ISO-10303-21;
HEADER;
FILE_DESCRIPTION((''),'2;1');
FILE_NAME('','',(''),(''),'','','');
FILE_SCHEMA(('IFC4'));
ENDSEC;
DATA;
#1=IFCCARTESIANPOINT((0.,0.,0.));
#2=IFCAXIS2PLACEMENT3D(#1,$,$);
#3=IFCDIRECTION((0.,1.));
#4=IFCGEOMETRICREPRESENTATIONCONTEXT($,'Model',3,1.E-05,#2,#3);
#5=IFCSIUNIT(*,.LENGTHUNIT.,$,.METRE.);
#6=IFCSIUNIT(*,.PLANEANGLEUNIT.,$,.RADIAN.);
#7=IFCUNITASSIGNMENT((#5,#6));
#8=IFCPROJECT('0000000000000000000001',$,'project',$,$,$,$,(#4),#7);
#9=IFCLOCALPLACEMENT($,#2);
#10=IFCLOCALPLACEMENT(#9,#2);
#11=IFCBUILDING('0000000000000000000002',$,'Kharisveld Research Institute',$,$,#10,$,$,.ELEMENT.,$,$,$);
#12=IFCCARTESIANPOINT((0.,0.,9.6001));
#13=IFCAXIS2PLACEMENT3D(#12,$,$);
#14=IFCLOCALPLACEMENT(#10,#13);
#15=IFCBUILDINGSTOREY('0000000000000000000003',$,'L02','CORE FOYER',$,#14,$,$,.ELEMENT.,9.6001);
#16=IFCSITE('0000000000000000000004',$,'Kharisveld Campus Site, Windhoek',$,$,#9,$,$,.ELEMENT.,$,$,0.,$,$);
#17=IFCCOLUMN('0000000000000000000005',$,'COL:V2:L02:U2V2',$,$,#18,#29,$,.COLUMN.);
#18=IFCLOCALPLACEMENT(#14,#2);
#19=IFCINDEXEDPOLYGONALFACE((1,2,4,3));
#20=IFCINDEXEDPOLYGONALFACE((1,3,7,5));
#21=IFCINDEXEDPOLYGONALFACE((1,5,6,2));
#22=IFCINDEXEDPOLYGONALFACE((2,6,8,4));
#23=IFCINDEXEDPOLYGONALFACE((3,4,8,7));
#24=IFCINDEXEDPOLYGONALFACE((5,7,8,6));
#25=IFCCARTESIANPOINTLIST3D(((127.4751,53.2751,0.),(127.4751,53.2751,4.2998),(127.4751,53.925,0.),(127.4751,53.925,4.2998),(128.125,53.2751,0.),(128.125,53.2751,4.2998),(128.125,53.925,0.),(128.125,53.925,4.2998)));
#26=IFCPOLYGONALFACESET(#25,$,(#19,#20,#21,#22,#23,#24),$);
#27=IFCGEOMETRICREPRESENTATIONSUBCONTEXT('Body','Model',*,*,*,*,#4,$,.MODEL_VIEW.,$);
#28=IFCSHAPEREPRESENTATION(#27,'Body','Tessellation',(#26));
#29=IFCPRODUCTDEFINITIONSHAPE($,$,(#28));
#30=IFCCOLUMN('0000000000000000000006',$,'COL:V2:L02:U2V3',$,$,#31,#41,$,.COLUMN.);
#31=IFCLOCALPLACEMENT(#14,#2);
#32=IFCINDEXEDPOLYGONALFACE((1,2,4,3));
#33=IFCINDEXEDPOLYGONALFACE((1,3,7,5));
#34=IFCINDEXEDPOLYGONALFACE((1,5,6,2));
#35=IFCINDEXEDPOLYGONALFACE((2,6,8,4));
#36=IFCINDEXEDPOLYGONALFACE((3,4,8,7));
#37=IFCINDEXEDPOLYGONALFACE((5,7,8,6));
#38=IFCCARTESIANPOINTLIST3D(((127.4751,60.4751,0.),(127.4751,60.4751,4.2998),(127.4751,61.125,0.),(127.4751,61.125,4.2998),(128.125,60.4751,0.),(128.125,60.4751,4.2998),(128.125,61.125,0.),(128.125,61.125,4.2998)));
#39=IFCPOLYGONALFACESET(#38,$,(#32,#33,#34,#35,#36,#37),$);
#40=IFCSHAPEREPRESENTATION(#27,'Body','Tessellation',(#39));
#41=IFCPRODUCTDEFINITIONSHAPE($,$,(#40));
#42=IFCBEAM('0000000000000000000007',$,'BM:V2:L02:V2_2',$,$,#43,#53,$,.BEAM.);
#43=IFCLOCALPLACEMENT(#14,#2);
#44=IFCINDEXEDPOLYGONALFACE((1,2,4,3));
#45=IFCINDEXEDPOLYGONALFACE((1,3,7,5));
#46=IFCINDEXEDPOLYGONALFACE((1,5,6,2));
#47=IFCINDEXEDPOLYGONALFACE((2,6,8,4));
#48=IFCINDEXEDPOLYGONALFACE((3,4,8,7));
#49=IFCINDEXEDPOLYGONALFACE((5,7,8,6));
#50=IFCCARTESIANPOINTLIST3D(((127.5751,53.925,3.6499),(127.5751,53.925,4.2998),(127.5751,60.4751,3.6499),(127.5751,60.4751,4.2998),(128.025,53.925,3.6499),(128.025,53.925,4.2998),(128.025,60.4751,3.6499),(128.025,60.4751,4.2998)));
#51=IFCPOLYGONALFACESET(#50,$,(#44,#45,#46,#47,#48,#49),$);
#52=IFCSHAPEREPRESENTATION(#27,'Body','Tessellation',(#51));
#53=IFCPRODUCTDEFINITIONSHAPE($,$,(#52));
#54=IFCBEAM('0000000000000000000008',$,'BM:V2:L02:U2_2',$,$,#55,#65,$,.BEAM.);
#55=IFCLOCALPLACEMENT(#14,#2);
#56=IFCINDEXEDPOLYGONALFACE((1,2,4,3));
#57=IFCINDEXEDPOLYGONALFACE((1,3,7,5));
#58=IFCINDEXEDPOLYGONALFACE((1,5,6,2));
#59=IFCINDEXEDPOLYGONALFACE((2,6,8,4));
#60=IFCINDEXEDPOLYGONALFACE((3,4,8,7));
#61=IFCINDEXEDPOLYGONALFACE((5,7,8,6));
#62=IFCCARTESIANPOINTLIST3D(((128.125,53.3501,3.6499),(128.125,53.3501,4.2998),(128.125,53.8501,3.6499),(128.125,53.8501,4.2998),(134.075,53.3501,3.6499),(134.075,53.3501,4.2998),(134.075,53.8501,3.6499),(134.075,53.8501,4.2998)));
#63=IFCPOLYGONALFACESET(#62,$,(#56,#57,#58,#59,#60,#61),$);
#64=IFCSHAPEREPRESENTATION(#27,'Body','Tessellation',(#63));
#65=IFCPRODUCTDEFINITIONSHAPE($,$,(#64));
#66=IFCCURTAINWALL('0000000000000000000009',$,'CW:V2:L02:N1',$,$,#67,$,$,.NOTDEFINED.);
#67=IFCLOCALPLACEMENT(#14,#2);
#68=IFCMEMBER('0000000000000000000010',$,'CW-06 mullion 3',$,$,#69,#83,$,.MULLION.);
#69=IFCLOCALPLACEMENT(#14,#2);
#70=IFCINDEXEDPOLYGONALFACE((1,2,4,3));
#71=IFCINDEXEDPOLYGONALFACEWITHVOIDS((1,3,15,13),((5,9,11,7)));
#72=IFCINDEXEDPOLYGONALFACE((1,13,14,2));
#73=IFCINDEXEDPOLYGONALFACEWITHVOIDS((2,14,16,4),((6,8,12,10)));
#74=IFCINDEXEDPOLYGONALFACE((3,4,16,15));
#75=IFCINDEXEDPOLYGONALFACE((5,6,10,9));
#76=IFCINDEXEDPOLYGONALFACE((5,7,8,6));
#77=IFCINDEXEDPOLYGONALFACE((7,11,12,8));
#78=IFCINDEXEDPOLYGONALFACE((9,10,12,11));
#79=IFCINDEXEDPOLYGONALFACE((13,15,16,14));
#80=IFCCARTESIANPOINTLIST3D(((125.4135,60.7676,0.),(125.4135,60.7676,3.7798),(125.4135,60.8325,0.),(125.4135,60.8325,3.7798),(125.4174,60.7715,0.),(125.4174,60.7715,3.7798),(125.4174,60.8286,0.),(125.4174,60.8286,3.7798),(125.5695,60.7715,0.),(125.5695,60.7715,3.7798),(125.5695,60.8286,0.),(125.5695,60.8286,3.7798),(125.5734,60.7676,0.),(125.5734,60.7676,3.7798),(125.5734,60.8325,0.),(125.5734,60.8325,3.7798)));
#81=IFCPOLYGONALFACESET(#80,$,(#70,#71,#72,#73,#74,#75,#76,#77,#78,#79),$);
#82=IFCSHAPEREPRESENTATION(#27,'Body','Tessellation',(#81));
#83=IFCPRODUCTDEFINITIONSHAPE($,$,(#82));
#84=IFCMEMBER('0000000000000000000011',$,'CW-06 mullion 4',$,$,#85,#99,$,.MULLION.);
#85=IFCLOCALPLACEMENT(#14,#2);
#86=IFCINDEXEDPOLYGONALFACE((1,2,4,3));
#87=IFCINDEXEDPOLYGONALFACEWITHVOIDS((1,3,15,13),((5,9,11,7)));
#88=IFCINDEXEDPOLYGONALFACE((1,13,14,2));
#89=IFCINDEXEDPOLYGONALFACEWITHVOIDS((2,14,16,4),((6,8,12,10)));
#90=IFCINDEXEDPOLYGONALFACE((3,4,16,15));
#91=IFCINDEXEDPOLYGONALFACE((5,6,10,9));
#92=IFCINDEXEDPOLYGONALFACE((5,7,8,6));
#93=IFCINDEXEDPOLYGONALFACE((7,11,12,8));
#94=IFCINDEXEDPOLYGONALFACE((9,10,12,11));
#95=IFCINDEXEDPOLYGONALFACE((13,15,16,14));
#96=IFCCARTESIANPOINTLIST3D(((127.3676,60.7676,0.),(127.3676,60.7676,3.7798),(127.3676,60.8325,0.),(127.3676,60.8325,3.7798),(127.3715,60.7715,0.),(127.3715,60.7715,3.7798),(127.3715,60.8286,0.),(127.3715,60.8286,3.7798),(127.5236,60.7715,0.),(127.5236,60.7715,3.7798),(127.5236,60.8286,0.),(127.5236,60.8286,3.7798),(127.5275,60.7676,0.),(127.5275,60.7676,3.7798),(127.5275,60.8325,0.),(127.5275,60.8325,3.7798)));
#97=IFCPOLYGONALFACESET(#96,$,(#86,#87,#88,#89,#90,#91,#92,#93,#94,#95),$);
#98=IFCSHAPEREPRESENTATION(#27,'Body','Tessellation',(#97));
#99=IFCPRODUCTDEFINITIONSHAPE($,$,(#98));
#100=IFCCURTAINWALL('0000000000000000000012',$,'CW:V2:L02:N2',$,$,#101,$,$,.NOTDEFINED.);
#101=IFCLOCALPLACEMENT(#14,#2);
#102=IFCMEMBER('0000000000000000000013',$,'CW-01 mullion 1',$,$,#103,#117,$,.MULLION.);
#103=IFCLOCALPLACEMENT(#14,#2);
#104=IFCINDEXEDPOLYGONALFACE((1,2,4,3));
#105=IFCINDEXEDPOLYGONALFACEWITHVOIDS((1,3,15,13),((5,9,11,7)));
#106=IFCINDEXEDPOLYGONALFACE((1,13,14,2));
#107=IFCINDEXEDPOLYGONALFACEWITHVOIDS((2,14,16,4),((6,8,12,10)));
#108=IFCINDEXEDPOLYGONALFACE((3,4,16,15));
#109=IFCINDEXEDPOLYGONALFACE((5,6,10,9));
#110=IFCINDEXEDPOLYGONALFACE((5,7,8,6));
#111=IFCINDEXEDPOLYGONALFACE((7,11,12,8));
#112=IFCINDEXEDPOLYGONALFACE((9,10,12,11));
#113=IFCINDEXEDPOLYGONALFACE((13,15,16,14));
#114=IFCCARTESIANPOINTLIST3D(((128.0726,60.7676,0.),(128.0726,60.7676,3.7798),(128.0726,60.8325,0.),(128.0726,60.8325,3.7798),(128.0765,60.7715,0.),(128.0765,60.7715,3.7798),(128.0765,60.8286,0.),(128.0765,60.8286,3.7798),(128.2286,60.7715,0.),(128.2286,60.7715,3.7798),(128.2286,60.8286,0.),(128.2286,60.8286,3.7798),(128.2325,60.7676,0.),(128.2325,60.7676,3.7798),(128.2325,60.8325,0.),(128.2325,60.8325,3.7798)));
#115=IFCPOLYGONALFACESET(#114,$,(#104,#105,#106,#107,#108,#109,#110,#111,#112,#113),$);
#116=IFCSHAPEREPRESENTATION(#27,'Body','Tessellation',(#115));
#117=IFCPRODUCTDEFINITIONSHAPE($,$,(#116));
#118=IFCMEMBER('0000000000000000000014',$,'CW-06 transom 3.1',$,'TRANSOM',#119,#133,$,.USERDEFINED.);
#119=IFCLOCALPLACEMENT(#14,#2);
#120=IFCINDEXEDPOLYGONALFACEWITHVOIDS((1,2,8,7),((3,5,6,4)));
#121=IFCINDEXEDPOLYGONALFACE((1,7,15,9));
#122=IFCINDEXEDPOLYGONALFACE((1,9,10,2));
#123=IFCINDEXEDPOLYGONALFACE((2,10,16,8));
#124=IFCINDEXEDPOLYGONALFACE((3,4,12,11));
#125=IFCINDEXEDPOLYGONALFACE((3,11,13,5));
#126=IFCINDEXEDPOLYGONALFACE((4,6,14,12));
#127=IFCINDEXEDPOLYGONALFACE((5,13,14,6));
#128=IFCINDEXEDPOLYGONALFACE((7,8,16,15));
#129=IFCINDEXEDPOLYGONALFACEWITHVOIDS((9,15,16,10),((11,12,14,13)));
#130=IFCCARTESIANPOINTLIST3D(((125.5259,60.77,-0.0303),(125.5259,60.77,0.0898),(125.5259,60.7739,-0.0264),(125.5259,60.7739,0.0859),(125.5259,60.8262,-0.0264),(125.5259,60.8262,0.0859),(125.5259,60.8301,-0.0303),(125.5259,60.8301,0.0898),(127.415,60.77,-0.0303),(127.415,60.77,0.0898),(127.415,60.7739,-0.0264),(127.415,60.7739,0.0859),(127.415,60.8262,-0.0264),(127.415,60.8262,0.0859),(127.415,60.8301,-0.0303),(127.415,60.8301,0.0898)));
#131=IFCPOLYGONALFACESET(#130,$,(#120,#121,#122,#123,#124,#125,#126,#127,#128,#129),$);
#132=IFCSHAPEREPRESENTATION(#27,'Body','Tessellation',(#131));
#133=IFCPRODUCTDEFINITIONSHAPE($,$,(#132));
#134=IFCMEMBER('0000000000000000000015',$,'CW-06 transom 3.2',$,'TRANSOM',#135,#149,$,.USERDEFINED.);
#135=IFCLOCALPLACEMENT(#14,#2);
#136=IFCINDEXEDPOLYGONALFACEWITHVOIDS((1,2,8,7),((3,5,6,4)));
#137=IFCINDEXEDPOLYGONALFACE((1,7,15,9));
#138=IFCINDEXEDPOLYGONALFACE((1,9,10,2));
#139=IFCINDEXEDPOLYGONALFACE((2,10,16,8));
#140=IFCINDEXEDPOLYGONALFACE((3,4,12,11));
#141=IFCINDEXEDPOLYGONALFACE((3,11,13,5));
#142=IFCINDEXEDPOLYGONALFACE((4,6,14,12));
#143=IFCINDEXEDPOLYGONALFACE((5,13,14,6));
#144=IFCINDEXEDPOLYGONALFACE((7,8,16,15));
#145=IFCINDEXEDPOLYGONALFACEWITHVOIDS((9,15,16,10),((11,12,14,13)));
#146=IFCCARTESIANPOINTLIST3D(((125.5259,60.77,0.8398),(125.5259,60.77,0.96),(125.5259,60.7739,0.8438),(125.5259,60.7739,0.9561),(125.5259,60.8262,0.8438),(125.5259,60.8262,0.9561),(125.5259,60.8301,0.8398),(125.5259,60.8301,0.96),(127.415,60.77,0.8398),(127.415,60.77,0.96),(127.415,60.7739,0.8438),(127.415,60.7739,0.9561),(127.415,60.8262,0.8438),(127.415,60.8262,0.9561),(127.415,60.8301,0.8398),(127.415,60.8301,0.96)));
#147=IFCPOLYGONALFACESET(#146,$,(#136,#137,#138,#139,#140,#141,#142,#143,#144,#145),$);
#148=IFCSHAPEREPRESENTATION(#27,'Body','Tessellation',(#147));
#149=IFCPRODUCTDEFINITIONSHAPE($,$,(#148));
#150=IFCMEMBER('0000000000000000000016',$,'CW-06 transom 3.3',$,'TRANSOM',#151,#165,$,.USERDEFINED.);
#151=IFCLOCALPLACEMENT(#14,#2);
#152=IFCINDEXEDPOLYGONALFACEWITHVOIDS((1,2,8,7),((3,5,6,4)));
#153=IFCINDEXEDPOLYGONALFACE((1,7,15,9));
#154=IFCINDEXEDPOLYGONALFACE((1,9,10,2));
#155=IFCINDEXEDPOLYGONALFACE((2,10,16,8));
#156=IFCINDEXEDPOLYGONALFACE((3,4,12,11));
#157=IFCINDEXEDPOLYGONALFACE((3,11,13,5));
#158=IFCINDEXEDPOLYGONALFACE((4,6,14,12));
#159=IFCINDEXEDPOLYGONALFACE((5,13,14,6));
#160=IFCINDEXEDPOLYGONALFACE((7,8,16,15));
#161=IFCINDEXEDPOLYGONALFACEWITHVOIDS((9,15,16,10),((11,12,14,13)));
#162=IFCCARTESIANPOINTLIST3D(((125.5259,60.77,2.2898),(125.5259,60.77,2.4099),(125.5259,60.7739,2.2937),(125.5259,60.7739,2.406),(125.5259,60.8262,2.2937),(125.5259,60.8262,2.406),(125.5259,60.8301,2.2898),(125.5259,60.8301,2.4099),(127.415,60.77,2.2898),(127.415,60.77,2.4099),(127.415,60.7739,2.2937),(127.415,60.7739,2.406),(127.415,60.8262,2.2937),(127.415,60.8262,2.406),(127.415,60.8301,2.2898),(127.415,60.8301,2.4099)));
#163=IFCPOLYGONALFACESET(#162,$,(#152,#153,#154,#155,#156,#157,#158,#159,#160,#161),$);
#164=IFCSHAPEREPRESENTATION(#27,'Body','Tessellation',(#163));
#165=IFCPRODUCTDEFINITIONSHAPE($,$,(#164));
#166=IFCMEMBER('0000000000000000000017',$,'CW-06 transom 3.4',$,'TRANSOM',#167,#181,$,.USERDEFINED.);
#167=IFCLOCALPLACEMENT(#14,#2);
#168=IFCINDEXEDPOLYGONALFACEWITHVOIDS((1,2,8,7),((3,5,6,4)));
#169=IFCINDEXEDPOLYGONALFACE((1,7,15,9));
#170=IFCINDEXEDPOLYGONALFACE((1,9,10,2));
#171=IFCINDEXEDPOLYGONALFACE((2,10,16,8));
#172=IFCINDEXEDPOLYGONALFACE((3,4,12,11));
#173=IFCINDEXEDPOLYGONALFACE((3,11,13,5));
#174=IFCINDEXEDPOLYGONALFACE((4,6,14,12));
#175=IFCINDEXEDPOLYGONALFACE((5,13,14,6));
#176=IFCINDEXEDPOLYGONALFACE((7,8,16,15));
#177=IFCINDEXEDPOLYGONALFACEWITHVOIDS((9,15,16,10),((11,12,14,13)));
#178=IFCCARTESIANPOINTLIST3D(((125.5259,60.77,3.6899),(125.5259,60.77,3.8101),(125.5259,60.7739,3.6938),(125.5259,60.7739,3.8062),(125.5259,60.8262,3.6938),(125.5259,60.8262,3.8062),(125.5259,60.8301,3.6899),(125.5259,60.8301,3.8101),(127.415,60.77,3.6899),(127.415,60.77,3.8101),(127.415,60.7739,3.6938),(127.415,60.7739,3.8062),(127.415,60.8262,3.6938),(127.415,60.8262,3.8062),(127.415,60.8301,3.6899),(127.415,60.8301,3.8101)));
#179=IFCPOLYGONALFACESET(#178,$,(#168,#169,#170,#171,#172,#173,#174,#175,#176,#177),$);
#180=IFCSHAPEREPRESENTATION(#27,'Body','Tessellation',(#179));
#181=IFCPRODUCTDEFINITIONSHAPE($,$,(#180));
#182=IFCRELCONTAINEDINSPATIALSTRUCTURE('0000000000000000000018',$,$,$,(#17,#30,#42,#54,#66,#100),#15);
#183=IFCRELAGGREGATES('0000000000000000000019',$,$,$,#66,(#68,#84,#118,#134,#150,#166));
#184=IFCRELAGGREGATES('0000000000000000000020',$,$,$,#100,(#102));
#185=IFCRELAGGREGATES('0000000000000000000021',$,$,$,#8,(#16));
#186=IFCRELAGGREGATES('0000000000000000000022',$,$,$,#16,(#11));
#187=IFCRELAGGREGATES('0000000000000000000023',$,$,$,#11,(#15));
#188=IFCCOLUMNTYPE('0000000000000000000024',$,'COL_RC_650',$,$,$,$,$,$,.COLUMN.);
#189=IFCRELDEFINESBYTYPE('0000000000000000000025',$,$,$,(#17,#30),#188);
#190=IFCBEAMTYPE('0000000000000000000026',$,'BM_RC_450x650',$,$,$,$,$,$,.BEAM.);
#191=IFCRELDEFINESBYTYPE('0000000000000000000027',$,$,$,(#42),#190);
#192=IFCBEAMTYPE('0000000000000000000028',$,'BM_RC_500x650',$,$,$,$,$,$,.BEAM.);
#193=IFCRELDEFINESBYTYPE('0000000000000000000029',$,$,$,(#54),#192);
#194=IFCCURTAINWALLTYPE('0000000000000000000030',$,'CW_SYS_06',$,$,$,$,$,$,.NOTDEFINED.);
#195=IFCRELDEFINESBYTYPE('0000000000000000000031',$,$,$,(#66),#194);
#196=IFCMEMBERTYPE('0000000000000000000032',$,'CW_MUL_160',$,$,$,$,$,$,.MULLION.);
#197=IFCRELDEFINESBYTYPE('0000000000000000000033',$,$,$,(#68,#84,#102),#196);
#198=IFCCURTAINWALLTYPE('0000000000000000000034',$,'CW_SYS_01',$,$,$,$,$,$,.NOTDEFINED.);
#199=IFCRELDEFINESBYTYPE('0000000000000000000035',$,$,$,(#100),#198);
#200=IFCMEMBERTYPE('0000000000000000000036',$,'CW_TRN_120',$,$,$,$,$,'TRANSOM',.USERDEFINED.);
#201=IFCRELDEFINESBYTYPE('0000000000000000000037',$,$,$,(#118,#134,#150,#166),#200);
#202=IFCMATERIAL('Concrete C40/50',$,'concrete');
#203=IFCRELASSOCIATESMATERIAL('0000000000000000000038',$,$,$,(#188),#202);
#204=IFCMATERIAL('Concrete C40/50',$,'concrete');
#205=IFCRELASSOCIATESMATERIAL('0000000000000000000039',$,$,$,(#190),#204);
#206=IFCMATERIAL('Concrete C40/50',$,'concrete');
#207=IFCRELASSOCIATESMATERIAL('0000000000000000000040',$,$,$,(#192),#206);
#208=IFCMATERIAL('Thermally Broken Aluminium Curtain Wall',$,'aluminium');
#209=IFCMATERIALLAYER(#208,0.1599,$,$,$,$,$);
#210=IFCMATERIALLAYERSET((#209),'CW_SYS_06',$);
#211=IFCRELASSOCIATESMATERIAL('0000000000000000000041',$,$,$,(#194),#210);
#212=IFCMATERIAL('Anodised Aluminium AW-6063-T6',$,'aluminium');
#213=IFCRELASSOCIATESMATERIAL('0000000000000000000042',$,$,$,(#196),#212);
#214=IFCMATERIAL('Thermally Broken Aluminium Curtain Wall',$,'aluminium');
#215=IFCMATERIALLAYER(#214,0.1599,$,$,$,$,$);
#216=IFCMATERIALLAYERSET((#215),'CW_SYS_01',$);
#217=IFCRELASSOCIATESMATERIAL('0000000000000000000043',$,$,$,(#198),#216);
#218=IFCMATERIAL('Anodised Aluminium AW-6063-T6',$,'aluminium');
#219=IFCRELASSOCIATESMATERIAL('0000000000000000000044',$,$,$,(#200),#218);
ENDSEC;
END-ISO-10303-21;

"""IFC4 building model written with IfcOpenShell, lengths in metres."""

from ifc_helpers import new_model, si_unit, direction, frame, origin, origin_2d, place, context, subcontext, project, spatial, rectangle, hollow_rectangle, extrude, material, layer, layer_set, material_profile, profile_set, type_object, element, aggregate, save


model = new_model("IFC4")

# Units and contexts
model_context = context("Model", 3, precision=1e-05, world=origin(), true_north=direction((0.0, 1.0)))
body_context = subcontext(model_context, "Body", "Model", "MODEL_VIEW")
ifc_project = project(units=[si_unit("LENGTHUNIT", "METRE"), si_unit("PLANEANGLEUNIT", "RADIAN")], contexts=[model_context])

# Site, building, storey
site_placement = place(None, origin())
site = spatial("IfcSite", under=ifc_project, at=site_placement, Name="Kharisveld Campus Site, Windhoek", CompositionType="ELEMENT", RefElevation=0.0)
building_placement = place(site_placement, origin())
building = spatial("IfcBuilding", under=site, at=building_placement, Name="Kharisveld Research Institute", CompositionType="ELEMENT")
storey_placement = place(building_placement, frame((0.0, 0.0, 9.6001)))
storey = spatial("IfcBuildingStorey", under=building, at=storey_placement, Name="L02", Description="CORE FOYER", CompositionType="ELEMENT", Elevation=9.6001)

# Columns
ifc_material_1 = material(Name="Concrete C40/50", Category="concrete")
ifc_material_profile_1 = material_profile(ifc_material_1, rectangle(XDim=0.6499, YDim=0.6499, at=origin_2d()))
ifc_profile_set_1 = profile_set([ifc_material_profile_1], Name="Concrete C40/50")
column_type = type_object("IfcColumnType", Name="COL_RC_650", PredefinedType="COLUMN", material=ifc_profile_set_1)
for number, where, z_axis, x_axis, name in (
    (1, (127.8, 53.6001, 0.0), (0.0, 0.0, 1.0), (1.0, 0.0, 0.0), "COL:V2:L02:U2V2"),
    (2, (127.8, 60.8, 0.0), (0.0, 0.0, 1.0), (1.0, 0.0, 0.0), "COL:V2:L02:U2V3"),
):
    element("IfcColumn", number, at=place(storey_placement, frame(where, z_axis=z_axis, x_axis=x_axis)), inside=storey, type_object=column_type, Name=name, PredefinedType="COLUMN", context=body_context, shape_type="SweptSolid", body=[
        extrude(rectangle(XDim=0.6499, YDim=0.6499, at=origin_2d()), origin(), (0.0, 0.0, 1.0), 4.2998),
    ])

# Beams
ifc_material_2 = material(Name="Concrete C40/50", Category="concrete")
ifc_material_profile_2 = material_profile(ifc_material_2, rectangle(XDim=0.45, YDim=0.6499, at=origin_2d()))
ifc_profile_set_2 = profile_set([ifc_material_profile_2], Name="Concrete C40/50")
beam_type_1 = type_object("IfcBeamType", Name="BM_RC_450x650", PredefinedType="BEAM", material=ifc_profile_set_2)
beam_1_placement = place(storey_placement, frame((127.8, 53.925, 3.9749), z_axis=(0.0, 1.0, 0.0), x_axis=(-1.0, 0.0, 0.0)))
element("IfcBeam", 3, at=beam_1_placement, inside=storey, type_object=beam_type_1, Name="BM:V2:L02:V2_2", PredefinedType="BEAM", context=body_context, shape_type="SweptSolid", body=[
    extrude(rectangle(XDim=0.45, YDim=0.6499, at=origin_2d()), origin(), (0.0, 0.0, 1.0), 6.55),
])
ifc_material_3 = material(Name="Concrete C40/50", Category="concrete")
ifc_material_profile_3 = material_profile(ifc_material_3, rectangle(XDim=0.5, YDim=0.6499, at=origin_2d()))
ifc_profile_set_3 = profile_set([ifc_material_profile_3], Name="Concrete C40/50")
beam_type_2 = type_object("IfcBeamType", Name="BM_RC_500x650", PredefinedType="BEAM", material=ifc_profile_set_3)
beam_2_placement = place(storey_placement, frame((128.125, 53.6001, 3.9749), z_axis=(1.0, 0.0, 0.0), x_axis=(0.0, 1.0, 0.0)))
element("IfcBeam", 4, at=beam_2_placement, inside=storey, type_object=beam_type_2, Name="BM:V2:L02:U2_2", PredefinedType="BEAM", context=body_context, shape_type="SweptSolid", body=[
    extrude(rectangle(XDim=0.5, YDim=0.6499, at=origin_2d()), origin(), (0.0, 0.0, 1.0), 5.95),
])

# Curtain wall, members
ifc_material_4 = material(Name="Thermally Broken Aluminium Curtain Wall", Category="aluminium")
ifc_layer_1 = layer(ifc_material_4, 0.1599)
ifc_layer_set_1 = layer_set([ifc_layer_1], Name="CW_SYS_06")
curtain_wall_type_1 = type_object("IfcCurtainWallType", Name="CW_SYS_06", PredefinedType="NOTDEFINED", material=ifc_layer_set_1)
curtain_wall_1_placement = place(storey_placement, origin())
curtain_wall_1 = element("IfcCurtainWall", 5, at=curtain_wall_1_placement, inside=storey, type_object=curtain_wall_type_1, Name="CW:V2:L02:N1", PredefinedType="NOTDEFINED")
ifc_material_5 = material(Name="Anodised Aluminium AW-6063-T6", Category="aluminium")
ifc_material_profile_4 = material_profile(ifc_material_5, hollow_rectangle(XDim=0.0649, YDim=0.1599, WallThickness=0.0039, at=origin_2d()))
ifc_profile_set_4 = profile_set([ifc_material_profile_4], Name="Anodised Aluminium AW-6063-T6")
member_type_1 = type_object("IfcMemberType", Name="CW_MUL_160", PredefinedType="MULLION", material=ifc_profile_set_4)
member_1_placement = place(storey_placement, frame((125.4934, 60.8, 0.0), z_axis=(0.0, 0.0, 1.0), x_axis=(0.0, 1.0, 0.0)))
member_1 = element("IfcMember", 6, at=member_1_placement, type_object=member_type_1, Name="CW-06 mullion 3", PredefinedType="MULLION", context=body_context, shape_type="SweptSolid", body=[
    extrude(hollow_rectangle(XDim=0.0649, YDim=0.1599, WallThickness=0.0039, at=origin_2d()), origin(), (0.0, 0.0, 1.0), 3.7798),
])
member_2_placement = place(storey_placement, frame((127.4475, 60.8, 0.0), z_axis=(0.0, 0.0, 1.0), x_axis=(0.0, 1.0, 0.0)))
member_2 = element("IfcMember", 7, at=member_2_placement, type_object=member_type_1, Name="CW-06 mullion 4", PredefinedType="MULLION", context=body_context, shape_type="SweptSolid", body=[
    extrude(hollow_rectangle(XDim=0.0649, YDim=0.1599, WallThickness=0.0039, at=origin_2d()), origin(), (0.0, 0.0, 1.0), 3.7798),
])

# Curtain wall, member
ifc_material_6 = material(Name="Thermally Broken Aluminium Curtain Wall", Category="aluminium")
ifc_layer_2 = layer(ifc_material_6, 0.1599)
ifc_layer_set_2 = layer_set([ifc_layer_2], Name="CW_SYS_01")
curtain_wall_type_2 = type_object("IfcCurtainWallType", Name="CW_SYS_01", PredefinedType="NOTDEFINED", material=ifc_layer_set_2)
curtain_wall_2_placement = place(storey_placement, origin())
curtain_wall_2 = element("IfcCurtainWall", 8, at=curtain_wall_2_placement, inside=storey, type_object=curtain_wall_type_2, Name="CW:V2:L02:N2", PredefinedType="NOTDEFINED")
member_3_placement = place(storey_placement, frame((128.1526, 60.8, 0.0), z_axis=(0.0, 0.0, 1.0), x_axis=(0.0, 1.0, 0.0)))
member_3 = element("IfcMember", 9, at=member_3_placement, type_object=member_type_1, Name="CW-01 mullion 1", PredefinedType="MULLION", context=body_context, shape_type="SweptSolid", body=[
    extrude(hollow_rectangle(XDim=0.0649, YDim=0.1599, WallThickness=0.0039, at=origin_2d()), origin(), (0.0, 0.0, 1.0), 3.7798),
])

# Members
ifc_material_7 = material(Name="Anodised Aluminium AW-6063-T6", Category="aluminium")
ifc_material_profile_5 = material_profile(ifc_material_7, hollow_rectangle(XDim=0.0601, YDim=0.1201, WallThickness=0.0039, at=origin_2d()))
ifc_profile_set_5 = profile_set([ifc_material_profile_5], Name="Anodised Aluminium AW-6063-T6")
member_type_2 = type_object("IfcMemberType", Name="CW_TRN_120", ElementType="TRANSOM", PredefinedType="USERDEFINED", material=ifc_profile_set_5)
member_4_placement = place(storey_placement, frame((125.5259, 60.8, 0.0298), z_axis=(1.0, 0.0, 0.0), x_axis=(0.0, 1.0, 0.0)))
member_4 = element("IfcMember", 10, at=member_4_placement, type_object=member_type_2, Name="CW-06 transom 3.1", ObjectType="TRANSOM", PredefinedType="USERDEFINED", context=body_context, shape_type="SweptSolid", body=[
    extrude(hollow_rectangle(XDim=0.0601, YDim=0.1201, WallThickness=0.0039, at=origin_2d()), origin(), (0.0, 0.0, 1.0), 1.8892),
])
member_5_placement = place(storey_placement, frame((125.5259, 60.8, 0.8999), z_axis=(1.0, 0.0, 0.0), x_axis=(0.0, 1.0, 0.0)))
member_5 = element("IfcMember", 11, at=member_5_placement, type_object=member_type_2, Name="CW-06 transom 3.2", ObjectType="TRANSOM", PredefinedType="USERDEFINED", context=body_context, shape_type="SweptSolid", body=[
    extrude(hollow_rectangle(XDim=0.0601, YDim=0.1201, WallThickness=0.0039, at=origin_2d()), origin(), (0.0, 0.0, 1.0), 1.8892),
])
member_6_placement = place(storey_placement, frame((125.5259, 60.8, 2.3499), z_axis=(1.0, 0.0, 0.0), x_axis=(0.0, 1.0, 0.0)))
member_6 = element("IfcMember", 12, at=member_6_placement, type_object=member_type_2, Name="CW-06 transom 3.3", ObjectType="TRANSOM", PredefinedType="USERDEFINED", context=body_context, shape_type="SweptSolid", body=[
    extrude(hollow_rectangle(XDim=0.0601, YDim=0.1201, WallThickness=0.0039, at=origin_2d()), origin(), (0.0, 0.0, 1.0), 1.8892),
])
member_7_placement = place(storey_placement, frame((125.5259, 60.8, 3.75), z_axis=(1.0, 0.0, 0.0), x_axis=(0.0, 1.0, 0.0)))
member_7 = element("IfcMember", 13, at=member_7_placement, type_object=member_type_2, Name="CW-06 transom 3.4", ObjectType="TRANSOM", PredefinedType="USERDEFINED", context=body_context, shape_type="SweptSolid", body=[
    extrude(hollow_rectangle(XDim=0.0601, YDim=0.1201, WallThickness=0.0039, at=origin_2d()), origin(), (0.0, 0.0, 1.0), 1.8892),
])

aggregate(curtain_wall_1, [member_1, member_2, member_4, member_5, member_6, member_7])
aggregate(curtain_wall_2, [member_3])

save(model, "model.ifc")
